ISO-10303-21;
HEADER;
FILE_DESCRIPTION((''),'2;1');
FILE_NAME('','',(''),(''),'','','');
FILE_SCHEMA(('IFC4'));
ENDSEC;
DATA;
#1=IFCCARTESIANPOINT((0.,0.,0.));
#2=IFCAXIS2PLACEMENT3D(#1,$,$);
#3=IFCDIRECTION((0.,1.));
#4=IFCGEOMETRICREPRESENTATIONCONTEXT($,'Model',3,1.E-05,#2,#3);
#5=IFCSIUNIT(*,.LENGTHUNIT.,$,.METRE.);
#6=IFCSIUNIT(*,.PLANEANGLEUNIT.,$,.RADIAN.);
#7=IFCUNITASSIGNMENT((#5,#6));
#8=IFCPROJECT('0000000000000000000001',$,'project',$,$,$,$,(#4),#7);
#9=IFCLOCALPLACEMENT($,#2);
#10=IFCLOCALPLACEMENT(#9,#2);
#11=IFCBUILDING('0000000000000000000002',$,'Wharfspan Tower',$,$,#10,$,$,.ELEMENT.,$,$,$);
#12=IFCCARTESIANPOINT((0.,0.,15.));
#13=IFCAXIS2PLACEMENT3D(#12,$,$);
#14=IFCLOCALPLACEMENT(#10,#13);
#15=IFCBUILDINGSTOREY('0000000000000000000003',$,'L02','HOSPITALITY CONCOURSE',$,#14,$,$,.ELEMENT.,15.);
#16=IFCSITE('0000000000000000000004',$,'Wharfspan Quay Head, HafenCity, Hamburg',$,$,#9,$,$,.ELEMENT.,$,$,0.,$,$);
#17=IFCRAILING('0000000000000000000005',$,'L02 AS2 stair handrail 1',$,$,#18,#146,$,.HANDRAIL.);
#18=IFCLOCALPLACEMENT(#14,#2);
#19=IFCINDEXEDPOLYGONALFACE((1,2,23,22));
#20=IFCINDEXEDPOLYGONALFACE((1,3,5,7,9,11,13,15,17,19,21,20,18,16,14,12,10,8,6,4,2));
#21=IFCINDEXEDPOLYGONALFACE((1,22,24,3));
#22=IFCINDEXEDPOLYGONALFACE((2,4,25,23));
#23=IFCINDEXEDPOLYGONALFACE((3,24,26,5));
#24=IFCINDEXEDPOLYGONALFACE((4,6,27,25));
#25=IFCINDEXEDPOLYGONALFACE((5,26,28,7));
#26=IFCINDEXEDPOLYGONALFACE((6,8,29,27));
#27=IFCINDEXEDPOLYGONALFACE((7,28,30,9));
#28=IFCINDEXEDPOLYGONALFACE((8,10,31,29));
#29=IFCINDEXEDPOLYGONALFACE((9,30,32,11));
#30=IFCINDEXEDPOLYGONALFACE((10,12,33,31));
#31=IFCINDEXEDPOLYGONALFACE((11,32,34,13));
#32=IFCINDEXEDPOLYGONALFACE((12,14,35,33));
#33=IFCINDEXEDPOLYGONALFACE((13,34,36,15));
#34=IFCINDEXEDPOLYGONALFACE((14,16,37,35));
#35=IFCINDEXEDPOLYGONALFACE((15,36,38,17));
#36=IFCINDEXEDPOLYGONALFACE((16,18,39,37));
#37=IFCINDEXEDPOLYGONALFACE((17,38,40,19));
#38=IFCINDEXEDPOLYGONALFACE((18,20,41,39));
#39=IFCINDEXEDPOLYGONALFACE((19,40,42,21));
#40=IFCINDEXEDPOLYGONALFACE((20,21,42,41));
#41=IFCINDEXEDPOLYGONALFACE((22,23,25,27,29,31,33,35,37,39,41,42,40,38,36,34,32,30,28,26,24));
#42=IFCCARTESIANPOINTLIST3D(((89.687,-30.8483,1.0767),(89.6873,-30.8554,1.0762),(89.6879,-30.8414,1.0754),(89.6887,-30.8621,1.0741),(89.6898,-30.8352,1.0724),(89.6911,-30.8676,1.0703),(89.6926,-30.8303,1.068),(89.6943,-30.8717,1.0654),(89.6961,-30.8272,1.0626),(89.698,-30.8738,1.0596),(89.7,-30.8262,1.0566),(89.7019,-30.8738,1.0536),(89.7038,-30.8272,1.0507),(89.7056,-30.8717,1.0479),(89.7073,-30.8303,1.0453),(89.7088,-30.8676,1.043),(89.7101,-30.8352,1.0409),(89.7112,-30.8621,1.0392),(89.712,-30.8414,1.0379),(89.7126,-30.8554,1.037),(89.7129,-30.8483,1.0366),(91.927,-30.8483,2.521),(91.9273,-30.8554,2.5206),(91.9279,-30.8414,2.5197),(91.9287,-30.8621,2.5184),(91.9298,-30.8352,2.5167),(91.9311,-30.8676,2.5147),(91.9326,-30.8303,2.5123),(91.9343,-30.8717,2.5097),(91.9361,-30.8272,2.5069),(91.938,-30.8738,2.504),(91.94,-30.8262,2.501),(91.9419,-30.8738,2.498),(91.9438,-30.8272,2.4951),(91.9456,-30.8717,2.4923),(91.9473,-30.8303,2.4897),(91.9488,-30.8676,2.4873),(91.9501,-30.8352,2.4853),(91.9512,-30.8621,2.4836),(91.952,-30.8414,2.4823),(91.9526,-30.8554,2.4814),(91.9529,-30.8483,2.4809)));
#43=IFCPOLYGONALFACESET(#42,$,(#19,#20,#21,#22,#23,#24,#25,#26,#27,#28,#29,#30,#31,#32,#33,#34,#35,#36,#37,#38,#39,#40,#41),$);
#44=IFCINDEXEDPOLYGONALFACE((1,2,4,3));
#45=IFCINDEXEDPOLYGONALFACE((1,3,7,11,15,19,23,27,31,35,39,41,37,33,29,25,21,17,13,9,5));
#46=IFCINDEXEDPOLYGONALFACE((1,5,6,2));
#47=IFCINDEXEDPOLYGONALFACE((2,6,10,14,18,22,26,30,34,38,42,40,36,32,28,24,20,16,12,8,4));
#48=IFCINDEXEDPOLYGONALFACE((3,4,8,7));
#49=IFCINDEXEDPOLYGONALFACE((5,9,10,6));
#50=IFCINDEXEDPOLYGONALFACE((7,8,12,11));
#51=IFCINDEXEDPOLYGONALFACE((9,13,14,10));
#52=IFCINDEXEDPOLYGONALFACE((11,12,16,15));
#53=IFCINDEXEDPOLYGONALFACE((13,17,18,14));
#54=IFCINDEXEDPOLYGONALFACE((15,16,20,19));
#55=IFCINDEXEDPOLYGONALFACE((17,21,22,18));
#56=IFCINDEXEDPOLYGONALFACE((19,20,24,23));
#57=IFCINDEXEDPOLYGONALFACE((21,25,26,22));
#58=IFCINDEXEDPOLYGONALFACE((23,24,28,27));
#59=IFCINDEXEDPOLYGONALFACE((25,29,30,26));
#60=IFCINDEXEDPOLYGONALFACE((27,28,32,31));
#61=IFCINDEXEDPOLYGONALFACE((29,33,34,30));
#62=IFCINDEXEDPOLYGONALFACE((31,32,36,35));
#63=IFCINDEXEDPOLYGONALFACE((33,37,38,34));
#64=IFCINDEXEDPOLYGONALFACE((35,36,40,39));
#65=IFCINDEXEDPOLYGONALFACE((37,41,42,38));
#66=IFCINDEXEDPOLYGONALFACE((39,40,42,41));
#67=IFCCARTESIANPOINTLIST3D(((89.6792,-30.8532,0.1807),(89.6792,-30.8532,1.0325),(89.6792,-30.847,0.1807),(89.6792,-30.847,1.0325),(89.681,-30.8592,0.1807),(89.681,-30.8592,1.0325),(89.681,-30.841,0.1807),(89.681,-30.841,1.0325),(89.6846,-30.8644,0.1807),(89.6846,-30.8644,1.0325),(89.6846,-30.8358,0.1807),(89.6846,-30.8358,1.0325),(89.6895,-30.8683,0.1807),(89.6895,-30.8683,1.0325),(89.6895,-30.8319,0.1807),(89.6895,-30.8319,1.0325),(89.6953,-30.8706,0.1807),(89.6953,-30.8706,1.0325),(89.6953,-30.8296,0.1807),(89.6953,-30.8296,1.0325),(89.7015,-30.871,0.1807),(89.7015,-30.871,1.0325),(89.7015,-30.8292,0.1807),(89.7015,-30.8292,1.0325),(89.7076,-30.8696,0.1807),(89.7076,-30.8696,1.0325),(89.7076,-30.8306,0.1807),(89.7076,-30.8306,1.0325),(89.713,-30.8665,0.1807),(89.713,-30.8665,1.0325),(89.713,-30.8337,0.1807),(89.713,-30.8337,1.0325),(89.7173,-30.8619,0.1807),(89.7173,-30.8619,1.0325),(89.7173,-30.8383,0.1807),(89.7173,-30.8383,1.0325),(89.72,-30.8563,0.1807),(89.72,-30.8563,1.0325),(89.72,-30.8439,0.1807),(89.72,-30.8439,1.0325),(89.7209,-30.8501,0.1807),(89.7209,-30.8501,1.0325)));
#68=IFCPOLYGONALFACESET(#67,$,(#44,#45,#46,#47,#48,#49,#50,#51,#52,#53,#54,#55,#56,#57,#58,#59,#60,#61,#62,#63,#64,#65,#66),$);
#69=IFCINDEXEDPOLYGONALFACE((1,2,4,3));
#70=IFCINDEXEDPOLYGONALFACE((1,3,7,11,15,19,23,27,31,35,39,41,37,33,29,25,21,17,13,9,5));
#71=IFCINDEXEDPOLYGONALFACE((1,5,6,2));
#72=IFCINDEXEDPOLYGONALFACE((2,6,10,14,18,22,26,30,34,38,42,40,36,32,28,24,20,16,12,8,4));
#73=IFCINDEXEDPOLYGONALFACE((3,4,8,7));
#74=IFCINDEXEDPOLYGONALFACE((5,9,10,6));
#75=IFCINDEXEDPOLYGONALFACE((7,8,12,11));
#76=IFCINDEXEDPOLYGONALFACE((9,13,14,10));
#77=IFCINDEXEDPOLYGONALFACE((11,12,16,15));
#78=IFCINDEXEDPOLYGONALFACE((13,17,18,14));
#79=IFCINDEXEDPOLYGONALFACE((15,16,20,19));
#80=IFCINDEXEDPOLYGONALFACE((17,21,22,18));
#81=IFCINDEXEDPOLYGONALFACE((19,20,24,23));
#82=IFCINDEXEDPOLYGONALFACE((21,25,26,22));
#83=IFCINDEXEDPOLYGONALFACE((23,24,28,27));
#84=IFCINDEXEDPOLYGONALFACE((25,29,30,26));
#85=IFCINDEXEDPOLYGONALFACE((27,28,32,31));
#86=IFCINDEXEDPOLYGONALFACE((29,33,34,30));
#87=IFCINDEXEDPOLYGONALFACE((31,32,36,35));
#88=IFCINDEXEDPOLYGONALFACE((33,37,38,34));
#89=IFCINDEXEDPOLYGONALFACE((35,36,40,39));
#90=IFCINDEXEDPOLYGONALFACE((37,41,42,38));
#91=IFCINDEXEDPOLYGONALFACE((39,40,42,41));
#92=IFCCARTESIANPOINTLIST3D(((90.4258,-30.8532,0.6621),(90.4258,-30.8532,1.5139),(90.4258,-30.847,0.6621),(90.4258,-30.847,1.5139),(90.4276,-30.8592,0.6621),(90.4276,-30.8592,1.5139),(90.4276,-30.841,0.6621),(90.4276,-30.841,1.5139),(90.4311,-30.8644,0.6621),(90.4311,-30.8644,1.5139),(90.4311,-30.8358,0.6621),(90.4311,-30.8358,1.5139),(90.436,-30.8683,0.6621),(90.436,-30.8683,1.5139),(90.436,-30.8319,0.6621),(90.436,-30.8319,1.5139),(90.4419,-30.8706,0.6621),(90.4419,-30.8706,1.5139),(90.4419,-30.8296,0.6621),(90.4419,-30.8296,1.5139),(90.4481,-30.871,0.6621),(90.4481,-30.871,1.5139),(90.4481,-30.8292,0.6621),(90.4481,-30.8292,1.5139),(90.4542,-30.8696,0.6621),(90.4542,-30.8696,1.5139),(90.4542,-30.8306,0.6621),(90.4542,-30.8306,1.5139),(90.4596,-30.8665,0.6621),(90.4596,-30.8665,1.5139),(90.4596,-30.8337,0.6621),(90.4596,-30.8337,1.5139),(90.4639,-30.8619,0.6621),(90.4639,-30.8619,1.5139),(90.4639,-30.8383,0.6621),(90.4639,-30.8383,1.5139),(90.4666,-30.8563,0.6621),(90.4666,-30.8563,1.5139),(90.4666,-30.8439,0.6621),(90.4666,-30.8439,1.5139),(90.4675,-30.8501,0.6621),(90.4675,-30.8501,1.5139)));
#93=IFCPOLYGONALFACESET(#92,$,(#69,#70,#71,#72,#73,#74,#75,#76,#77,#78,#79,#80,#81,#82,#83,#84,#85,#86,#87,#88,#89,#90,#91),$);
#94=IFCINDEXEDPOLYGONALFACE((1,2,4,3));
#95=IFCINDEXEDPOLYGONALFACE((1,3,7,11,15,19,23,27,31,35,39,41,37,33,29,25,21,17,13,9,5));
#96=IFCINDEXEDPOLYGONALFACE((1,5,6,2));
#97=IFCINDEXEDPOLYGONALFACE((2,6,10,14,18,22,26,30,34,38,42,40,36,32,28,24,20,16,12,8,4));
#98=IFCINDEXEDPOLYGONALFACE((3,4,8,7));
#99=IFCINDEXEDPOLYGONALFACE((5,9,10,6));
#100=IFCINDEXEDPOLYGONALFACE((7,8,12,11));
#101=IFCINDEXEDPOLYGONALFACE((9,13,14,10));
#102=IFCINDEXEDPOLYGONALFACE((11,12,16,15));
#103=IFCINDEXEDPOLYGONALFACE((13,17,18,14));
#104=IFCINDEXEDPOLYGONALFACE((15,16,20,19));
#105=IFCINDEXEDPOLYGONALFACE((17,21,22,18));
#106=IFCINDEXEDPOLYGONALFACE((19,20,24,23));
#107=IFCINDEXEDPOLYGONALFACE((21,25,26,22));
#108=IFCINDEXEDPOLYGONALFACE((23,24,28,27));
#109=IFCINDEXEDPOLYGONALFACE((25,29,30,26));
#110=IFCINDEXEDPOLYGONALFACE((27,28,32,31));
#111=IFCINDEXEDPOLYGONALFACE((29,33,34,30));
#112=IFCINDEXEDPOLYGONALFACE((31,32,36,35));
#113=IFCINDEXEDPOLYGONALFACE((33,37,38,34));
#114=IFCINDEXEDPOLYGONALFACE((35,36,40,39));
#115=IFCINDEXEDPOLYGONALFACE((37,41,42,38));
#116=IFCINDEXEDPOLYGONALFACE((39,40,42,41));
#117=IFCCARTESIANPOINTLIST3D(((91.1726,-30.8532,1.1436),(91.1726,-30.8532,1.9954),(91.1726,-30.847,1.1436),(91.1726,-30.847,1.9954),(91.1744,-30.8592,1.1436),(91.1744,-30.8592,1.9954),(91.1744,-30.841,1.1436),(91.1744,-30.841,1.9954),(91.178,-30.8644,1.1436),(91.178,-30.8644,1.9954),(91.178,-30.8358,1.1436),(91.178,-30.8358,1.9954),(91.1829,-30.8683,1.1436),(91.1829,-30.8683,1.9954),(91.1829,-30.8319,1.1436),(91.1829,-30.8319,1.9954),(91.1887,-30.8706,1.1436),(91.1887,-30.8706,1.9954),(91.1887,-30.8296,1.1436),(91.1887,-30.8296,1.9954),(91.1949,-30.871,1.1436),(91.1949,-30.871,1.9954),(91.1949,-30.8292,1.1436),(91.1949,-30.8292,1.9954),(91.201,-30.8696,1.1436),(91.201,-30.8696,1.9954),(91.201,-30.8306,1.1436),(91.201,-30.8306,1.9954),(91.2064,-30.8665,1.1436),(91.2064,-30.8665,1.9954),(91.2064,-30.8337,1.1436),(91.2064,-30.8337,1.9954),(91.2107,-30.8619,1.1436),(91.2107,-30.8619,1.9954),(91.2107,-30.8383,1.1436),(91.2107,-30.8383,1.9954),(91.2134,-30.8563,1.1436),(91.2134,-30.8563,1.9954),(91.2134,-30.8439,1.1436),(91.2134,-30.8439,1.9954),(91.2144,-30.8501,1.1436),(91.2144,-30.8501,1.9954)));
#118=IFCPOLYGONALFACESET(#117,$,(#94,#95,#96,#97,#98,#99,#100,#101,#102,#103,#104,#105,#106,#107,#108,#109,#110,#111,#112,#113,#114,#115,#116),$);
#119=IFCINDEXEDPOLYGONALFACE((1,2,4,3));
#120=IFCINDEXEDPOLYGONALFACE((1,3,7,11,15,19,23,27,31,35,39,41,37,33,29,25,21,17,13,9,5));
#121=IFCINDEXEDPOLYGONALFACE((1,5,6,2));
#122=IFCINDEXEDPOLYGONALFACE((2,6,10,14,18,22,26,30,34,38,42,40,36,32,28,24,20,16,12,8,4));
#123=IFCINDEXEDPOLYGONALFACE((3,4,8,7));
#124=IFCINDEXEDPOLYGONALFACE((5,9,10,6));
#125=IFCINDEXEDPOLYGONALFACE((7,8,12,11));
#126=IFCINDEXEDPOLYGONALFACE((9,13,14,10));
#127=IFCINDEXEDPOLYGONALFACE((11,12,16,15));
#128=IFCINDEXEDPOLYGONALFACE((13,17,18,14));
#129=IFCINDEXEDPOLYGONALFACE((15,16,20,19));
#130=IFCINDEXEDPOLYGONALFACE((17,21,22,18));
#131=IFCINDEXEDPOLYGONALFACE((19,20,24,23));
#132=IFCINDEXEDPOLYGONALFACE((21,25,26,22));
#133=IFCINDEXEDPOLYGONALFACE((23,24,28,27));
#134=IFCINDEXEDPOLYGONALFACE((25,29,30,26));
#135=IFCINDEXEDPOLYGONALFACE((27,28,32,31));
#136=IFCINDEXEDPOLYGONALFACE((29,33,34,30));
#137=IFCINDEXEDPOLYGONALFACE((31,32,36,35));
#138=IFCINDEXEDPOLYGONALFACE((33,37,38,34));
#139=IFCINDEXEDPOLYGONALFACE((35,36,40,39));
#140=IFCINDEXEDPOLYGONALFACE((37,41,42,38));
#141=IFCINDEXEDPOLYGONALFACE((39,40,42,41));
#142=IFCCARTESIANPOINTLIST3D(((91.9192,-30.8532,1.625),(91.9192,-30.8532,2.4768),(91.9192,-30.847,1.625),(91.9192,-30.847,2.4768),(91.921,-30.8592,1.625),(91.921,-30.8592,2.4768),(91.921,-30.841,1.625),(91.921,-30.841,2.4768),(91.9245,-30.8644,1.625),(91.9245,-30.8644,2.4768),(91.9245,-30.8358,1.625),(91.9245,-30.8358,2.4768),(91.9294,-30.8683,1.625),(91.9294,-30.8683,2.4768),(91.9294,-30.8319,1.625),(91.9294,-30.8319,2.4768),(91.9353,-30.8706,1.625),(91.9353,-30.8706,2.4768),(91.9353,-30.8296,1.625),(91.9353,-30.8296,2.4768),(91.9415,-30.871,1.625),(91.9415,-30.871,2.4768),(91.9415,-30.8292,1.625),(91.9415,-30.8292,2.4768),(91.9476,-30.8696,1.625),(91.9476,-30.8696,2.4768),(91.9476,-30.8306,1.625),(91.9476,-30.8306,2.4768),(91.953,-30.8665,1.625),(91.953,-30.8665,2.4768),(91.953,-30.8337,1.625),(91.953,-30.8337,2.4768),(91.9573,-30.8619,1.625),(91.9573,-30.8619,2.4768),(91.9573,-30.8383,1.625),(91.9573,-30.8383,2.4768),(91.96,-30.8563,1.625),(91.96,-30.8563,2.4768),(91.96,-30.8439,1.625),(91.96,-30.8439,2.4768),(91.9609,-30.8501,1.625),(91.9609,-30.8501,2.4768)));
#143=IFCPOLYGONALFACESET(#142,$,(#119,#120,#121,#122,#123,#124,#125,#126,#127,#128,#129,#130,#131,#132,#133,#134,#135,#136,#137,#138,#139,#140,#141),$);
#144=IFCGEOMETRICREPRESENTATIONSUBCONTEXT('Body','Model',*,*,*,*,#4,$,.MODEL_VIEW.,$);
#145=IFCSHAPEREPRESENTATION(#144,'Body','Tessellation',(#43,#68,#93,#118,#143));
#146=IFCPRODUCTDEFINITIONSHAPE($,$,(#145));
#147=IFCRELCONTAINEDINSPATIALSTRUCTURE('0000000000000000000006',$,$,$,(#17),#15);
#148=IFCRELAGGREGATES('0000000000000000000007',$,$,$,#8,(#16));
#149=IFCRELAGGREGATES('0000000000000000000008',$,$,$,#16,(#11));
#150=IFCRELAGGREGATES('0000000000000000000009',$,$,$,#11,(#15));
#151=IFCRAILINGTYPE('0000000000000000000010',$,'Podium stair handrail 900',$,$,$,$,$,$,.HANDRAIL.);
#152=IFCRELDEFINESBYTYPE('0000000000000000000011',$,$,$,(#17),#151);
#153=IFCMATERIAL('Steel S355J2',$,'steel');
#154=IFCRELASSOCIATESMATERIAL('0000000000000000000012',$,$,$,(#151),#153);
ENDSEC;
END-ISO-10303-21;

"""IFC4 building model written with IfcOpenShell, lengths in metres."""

from ifc_helpers import new_model, si_unit, direction, frame, origin, origin_2d, place, context, subcontext, project, spatial, circle, extrude, material, type_object, element, save


model = new_model("IFC4")

# Units and contexts
model_context = context("Model", 3, precision=1e-05, world=origin(), true_north=direction((0.0, 1.0)))
body_context = subcontext(model_context, "Body", "Model", "MODEL_VIEW")
ifc_project = project(units=[si_unit("LENGTHUNIT", "METRE"), si_unit("PLANEANGLEUNIT", "RADIAN")], contexts=[model_context])

# Site, building, storey
site_placement = place(None, origin())
site = spatial("IfcSite", under=ifc_project, at=site_placement, Name="Wharfspan Quay Head, HafenCity, Hamburg", CompositionType="ELEMENT", RefElevation=0.0)
building_placement = place(site_placement, origin())
building = spatial("IfcBuilding", under=site, at=building_placement, Name="Wharfspan Tower", CompositionType="ELEMENT")
storey_placement = place(building_placement, frame((0.0, 0.0, 15.0)))
storey = spatial("IfcBuildingStorey", under=building, at=storey_placement, Name="L02", Description="HOSPITALITY CONCOURSE", CompositionType="ELEMENT", Elevation=15.0)

# Railing
ifc_material_1 = material(Name="Steel S355J2", Category="steel")
railing_type_1 = type_object("IfcRailingType", Name="Podium stair handrail 900", PredefinedType="HANDRAIL", material=ifc_material_1)
railing_1_placement = place(storey_placement, frame((89.7, -30.8501, 0.1807)))
element("IfcRailing", 1, at=railing_1_placement, inside=storey, type_object=railing_type_1, Name="L02 AS2 stair handrail 1", PredefinedType="HANDRAIL", context=body_context, shape_type="SweptSolid", body=[
    extrude(circle(Radius=0.0239, at=origin_2d()), frame((0.0, 0.0, 0.876), z_axis=(0.840437, 0.0, 0.54191), x_axis=(0.0, 1.0, 0.0)), (0.0, 0.0, 1.0), 2.6653),
    extrude(circle(Radius=0.021, at=origin_2d()), origin(), (0.0, 0.0, 1.0), 0.8518),
    extrude(circle(Radius=0.021, at=origin_2d()), frame((0.7466, 0.0, 0.4814)), (0.0, 0.0, 1.0), 0.8518),
    extrude(circle(Radius=0.021, at=origin_2d()), frame((1.4934, 0.0, 0.9629)), (0.0, 0.0, 1.0), 0.8518),
    extrude(circle(Radius=0.021, at=origin_2d()), frame((2.24, 0.0, 1.4443)), (0.0, 0.0, 1.0), 0.8518),
])

save(model, "model.ifc")
